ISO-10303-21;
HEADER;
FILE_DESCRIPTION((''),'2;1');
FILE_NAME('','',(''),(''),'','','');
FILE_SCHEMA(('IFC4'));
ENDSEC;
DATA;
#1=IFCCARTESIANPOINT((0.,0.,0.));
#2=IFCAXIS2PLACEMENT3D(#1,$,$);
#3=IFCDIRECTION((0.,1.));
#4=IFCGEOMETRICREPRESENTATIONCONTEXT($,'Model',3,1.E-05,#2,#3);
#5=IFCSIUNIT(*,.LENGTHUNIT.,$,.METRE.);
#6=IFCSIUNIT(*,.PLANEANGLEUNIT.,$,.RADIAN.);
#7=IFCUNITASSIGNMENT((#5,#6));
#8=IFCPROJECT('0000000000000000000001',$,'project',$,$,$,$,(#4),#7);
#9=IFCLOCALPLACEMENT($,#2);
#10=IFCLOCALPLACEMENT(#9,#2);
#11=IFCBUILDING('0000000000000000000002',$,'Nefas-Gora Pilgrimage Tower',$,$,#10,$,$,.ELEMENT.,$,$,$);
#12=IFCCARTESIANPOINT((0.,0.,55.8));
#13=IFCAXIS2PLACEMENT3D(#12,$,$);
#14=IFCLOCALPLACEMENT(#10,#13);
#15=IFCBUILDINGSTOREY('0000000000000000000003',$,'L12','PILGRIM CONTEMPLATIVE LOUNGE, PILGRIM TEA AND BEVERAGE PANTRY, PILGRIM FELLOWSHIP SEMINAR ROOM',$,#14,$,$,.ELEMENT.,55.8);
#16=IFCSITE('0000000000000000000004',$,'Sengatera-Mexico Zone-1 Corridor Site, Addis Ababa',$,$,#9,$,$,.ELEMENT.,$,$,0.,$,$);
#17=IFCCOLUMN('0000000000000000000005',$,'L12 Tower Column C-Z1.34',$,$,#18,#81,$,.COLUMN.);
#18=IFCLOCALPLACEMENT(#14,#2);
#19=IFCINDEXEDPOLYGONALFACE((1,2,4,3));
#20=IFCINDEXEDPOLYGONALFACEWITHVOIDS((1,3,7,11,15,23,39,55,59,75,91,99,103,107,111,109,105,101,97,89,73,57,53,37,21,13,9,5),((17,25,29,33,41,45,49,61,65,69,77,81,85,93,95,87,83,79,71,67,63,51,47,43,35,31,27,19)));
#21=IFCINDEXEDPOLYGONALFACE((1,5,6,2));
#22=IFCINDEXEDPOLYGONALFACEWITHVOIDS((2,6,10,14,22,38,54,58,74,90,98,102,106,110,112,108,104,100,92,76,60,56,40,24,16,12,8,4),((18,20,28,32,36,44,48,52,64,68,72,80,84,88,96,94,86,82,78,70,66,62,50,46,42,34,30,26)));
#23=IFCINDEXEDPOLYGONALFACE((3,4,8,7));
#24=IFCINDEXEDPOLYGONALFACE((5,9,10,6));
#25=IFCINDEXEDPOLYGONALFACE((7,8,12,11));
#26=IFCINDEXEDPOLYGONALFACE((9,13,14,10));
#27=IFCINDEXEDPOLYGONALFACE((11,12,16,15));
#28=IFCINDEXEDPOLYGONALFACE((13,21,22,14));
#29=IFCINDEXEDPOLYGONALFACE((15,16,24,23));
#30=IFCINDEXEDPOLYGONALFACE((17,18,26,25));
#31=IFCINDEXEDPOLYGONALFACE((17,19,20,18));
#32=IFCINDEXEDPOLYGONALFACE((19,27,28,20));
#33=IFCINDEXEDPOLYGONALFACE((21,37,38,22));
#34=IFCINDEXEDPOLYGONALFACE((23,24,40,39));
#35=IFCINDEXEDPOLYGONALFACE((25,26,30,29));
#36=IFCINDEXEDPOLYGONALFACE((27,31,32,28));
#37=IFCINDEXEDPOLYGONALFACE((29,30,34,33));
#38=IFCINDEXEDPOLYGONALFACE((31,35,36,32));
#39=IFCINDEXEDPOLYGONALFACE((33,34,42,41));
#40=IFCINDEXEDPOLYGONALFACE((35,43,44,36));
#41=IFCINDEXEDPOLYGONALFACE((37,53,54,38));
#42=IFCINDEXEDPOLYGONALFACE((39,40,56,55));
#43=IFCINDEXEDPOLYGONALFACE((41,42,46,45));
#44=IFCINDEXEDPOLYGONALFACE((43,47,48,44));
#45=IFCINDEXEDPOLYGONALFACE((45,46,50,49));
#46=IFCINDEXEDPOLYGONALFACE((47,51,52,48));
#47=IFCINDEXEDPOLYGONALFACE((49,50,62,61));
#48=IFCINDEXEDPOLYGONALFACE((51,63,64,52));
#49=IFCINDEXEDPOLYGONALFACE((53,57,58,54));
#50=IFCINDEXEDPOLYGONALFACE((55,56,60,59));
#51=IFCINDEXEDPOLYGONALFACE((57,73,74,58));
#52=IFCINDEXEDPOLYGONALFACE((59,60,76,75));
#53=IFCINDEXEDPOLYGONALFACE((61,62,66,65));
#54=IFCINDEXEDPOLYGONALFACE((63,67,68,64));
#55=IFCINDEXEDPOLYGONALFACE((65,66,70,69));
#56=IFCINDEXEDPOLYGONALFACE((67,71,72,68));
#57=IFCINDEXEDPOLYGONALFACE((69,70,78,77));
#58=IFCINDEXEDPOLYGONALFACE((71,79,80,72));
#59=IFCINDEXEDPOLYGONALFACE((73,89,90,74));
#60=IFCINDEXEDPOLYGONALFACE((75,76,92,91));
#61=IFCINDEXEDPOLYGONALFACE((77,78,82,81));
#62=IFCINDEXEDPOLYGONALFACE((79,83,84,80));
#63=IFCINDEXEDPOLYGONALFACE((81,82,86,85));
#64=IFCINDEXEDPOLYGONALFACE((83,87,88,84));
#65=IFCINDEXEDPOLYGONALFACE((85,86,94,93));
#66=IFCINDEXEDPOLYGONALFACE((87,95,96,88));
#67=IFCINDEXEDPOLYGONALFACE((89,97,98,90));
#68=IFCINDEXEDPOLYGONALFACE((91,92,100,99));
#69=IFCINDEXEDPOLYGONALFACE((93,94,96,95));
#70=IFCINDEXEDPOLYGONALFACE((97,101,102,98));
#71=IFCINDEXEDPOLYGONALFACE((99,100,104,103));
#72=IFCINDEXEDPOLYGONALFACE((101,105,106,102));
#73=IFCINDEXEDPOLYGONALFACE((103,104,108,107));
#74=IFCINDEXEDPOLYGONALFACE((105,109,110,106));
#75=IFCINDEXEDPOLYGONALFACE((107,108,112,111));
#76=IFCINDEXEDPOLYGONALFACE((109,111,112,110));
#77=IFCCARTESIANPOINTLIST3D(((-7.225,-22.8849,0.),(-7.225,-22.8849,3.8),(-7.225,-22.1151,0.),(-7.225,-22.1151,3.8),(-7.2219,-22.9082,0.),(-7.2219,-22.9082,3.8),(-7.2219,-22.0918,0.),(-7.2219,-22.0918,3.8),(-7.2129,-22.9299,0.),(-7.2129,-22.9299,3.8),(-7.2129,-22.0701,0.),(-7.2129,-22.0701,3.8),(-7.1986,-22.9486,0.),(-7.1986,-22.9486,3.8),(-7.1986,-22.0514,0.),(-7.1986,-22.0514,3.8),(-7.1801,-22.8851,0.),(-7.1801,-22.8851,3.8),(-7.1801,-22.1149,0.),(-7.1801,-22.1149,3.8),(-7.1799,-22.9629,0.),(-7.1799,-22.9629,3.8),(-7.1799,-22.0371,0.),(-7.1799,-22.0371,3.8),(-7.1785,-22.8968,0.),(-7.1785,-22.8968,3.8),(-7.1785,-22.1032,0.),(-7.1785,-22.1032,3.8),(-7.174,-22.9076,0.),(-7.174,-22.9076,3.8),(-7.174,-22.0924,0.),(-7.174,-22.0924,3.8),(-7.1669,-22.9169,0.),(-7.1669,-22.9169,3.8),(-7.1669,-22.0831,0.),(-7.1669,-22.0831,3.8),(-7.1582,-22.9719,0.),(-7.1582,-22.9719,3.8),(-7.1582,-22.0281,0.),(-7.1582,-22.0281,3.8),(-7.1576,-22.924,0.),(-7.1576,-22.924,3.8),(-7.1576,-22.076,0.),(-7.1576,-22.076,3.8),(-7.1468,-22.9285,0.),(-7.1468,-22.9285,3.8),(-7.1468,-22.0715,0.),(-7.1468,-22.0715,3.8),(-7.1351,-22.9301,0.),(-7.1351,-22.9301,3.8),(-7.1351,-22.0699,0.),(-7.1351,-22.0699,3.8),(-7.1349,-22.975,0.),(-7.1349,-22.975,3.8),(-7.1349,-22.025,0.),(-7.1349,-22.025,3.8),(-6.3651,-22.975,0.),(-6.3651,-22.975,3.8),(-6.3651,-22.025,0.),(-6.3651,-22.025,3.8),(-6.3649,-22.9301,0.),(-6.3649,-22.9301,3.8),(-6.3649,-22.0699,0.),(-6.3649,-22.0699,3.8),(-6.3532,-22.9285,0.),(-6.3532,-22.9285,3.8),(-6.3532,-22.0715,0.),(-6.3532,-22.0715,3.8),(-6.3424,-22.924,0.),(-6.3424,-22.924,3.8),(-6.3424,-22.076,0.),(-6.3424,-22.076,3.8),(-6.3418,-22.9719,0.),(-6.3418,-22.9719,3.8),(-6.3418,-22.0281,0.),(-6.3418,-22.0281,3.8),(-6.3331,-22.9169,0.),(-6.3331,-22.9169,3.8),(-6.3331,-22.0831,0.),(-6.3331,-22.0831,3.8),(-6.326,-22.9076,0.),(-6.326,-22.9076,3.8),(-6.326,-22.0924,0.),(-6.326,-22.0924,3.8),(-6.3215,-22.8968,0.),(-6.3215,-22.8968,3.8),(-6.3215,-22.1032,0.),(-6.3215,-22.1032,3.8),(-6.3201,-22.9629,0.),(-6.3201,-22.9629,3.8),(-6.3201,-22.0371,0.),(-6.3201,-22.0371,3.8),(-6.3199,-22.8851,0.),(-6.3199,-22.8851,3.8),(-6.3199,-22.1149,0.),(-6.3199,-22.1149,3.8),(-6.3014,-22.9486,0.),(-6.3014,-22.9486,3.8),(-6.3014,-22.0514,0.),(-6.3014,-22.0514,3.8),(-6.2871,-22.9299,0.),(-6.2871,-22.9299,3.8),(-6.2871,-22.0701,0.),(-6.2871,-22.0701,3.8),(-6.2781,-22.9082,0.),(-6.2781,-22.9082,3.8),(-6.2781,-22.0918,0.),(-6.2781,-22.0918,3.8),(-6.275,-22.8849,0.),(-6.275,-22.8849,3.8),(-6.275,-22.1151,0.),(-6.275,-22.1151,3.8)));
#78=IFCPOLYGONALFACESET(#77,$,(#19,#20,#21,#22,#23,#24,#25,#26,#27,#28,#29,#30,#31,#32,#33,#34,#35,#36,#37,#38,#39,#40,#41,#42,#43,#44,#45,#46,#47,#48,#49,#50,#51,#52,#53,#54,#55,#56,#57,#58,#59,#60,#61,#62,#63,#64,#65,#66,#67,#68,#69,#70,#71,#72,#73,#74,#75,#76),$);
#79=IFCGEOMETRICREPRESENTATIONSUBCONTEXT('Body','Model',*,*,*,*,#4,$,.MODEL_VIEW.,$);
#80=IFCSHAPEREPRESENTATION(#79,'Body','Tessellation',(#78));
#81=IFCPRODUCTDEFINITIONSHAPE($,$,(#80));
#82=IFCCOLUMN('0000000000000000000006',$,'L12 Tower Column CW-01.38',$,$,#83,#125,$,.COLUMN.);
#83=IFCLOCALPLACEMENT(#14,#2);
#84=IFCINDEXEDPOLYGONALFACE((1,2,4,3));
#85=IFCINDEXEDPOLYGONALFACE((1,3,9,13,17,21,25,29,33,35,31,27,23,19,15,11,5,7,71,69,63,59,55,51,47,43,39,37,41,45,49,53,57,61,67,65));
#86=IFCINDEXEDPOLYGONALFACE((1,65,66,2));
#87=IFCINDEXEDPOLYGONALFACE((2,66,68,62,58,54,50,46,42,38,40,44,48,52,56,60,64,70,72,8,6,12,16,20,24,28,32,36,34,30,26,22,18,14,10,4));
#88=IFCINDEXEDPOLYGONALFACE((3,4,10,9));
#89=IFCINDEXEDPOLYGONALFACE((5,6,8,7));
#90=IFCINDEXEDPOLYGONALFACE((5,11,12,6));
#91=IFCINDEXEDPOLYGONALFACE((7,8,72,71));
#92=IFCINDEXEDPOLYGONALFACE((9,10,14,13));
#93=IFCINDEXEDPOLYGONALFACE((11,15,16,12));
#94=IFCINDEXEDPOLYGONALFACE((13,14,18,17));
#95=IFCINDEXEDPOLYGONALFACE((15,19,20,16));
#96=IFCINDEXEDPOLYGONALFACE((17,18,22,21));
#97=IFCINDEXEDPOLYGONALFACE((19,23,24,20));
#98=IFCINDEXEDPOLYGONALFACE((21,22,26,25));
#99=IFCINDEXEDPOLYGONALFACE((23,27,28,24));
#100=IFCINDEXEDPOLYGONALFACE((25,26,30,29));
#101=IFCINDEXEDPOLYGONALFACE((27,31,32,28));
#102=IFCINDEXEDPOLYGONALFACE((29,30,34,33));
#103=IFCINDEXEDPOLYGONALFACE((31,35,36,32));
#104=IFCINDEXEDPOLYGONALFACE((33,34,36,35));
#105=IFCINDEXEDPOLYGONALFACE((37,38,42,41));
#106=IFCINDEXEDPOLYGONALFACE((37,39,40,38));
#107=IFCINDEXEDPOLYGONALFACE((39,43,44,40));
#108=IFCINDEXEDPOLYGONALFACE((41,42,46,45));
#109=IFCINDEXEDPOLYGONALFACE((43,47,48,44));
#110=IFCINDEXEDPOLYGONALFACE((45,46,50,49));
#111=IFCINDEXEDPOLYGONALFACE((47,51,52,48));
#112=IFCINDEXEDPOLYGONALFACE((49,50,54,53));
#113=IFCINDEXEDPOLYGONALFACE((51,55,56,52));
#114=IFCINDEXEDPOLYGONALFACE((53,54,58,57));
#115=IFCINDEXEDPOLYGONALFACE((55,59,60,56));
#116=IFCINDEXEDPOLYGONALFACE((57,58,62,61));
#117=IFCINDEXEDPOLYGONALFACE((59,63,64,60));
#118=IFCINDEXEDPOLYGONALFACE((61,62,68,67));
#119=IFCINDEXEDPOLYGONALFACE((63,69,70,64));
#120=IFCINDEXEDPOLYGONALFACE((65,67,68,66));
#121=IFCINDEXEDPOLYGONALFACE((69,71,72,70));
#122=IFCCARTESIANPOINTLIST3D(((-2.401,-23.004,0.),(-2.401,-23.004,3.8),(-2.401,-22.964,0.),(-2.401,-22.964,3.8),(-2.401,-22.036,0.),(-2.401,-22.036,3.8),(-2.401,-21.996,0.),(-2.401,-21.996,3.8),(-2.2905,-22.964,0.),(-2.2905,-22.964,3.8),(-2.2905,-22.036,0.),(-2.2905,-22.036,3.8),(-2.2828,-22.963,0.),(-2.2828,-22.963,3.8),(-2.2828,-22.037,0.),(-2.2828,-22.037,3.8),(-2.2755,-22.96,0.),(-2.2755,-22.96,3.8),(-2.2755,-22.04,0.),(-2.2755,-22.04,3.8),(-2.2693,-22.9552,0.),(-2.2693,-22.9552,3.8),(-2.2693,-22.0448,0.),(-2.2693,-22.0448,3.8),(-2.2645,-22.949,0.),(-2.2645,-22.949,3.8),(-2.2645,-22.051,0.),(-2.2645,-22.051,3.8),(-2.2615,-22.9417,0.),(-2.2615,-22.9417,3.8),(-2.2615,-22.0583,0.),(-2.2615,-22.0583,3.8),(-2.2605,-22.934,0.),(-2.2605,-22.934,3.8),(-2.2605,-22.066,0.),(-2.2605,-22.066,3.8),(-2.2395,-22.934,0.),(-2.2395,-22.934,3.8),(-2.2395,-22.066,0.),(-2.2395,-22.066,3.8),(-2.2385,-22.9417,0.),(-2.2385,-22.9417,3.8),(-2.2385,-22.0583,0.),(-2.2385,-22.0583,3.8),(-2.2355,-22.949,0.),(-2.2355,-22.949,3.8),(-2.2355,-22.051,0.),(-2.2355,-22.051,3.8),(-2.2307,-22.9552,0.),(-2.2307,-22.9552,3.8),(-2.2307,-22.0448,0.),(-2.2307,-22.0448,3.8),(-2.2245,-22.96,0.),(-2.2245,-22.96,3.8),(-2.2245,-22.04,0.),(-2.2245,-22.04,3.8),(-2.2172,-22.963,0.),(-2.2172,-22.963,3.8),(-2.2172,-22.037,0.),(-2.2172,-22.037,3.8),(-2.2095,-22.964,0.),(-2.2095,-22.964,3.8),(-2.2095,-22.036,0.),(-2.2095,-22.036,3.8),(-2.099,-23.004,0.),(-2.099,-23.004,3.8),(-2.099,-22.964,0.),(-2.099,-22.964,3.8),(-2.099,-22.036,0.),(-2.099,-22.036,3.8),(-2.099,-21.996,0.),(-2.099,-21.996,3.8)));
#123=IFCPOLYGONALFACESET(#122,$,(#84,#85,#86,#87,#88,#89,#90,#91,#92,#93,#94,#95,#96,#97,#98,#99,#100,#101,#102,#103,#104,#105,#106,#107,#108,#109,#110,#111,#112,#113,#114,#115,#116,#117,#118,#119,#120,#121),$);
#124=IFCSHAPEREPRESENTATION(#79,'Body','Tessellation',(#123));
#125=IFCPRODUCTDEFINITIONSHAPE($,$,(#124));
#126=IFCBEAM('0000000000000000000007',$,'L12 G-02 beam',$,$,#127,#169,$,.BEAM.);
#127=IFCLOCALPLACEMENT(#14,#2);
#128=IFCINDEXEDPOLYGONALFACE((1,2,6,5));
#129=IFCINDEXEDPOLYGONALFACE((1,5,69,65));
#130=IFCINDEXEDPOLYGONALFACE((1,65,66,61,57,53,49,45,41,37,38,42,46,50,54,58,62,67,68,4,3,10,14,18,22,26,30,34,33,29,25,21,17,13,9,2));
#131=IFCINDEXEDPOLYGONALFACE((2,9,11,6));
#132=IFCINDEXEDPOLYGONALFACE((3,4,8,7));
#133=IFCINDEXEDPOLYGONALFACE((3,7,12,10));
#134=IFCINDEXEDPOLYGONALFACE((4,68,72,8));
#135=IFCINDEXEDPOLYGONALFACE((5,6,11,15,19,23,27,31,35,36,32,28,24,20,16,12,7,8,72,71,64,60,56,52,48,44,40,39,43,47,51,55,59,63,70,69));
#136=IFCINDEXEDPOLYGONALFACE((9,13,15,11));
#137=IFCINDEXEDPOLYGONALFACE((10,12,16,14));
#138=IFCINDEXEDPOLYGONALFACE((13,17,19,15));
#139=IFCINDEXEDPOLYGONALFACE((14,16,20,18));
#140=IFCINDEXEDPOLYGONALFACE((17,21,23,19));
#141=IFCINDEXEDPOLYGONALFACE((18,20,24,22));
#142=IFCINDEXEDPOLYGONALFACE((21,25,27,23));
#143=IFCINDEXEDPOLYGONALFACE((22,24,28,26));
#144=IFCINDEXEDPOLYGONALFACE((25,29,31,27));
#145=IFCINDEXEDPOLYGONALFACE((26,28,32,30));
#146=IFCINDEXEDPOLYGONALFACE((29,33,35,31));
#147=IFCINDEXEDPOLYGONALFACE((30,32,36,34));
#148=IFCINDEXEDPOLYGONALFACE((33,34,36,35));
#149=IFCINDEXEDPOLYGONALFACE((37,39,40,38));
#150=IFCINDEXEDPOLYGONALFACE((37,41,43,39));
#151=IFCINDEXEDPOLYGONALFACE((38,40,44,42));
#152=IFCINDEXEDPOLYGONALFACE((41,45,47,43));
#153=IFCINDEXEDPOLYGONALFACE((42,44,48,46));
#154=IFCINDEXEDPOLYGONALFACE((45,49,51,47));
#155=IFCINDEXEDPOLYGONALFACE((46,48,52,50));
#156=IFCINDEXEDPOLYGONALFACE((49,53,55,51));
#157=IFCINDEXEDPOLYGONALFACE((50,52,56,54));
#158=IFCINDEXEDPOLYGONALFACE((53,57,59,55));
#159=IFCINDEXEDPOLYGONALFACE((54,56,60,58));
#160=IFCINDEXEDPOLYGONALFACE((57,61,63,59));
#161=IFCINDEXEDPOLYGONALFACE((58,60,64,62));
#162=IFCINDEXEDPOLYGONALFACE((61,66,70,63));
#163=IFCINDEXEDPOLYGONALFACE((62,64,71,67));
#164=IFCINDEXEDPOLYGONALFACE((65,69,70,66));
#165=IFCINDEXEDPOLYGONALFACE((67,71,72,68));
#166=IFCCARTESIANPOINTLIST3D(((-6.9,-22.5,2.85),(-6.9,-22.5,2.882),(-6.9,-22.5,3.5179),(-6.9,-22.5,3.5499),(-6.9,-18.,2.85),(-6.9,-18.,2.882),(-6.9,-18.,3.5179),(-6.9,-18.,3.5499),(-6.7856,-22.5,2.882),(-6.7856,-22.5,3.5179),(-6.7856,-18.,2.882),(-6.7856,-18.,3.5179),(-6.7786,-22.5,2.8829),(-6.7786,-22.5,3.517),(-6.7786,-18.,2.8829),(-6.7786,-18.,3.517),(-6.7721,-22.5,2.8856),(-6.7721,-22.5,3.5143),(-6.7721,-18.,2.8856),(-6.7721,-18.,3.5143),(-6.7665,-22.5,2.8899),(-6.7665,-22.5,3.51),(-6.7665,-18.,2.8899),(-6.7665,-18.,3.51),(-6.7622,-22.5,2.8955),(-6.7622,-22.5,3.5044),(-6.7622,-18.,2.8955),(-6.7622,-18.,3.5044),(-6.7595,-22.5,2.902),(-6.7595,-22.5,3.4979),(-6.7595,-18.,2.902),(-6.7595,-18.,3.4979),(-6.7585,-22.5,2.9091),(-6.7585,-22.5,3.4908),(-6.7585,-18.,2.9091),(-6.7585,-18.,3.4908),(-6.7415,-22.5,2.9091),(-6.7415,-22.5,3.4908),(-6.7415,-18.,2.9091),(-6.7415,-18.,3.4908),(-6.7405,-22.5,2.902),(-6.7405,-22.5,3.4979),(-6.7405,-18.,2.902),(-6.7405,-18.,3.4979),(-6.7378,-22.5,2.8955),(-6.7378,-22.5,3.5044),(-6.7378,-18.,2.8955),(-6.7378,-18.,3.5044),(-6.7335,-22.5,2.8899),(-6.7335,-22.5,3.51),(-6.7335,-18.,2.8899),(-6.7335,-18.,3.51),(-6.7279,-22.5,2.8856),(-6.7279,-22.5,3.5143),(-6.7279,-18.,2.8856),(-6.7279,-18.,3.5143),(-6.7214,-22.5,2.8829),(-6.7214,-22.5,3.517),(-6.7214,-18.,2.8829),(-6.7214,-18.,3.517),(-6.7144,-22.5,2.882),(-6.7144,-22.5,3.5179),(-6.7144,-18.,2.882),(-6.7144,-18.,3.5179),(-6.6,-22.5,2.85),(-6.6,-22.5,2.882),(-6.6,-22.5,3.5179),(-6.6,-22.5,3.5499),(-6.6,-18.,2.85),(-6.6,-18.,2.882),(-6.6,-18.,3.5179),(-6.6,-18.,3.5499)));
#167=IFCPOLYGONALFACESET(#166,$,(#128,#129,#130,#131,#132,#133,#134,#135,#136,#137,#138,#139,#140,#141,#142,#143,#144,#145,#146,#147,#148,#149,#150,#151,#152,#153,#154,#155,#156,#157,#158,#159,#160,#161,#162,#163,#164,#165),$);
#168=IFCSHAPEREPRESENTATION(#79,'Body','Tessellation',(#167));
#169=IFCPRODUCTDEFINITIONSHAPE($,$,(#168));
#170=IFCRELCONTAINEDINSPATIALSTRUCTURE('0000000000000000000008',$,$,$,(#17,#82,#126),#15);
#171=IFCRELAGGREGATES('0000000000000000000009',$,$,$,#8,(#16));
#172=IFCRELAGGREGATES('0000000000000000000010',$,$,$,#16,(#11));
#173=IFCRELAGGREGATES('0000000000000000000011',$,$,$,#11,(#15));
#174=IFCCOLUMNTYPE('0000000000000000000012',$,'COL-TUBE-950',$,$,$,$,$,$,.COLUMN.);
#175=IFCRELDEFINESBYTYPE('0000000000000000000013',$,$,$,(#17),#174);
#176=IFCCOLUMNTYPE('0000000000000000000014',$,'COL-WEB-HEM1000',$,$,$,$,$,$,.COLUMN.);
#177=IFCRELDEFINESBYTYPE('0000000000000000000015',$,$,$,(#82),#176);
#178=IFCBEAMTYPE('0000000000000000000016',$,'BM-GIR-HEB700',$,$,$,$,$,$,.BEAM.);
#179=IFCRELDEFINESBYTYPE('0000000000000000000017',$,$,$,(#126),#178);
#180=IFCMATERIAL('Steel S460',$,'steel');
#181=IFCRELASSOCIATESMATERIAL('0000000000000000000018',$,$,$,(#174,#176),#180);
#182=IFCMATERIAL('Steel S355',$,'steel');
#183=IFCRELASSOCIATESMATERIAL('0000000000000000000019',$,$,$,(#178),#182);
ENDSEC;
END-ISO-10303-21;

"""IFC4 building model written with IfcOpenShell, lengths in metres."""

from ifc_helpers import new_model, si_unit, direction, frame, origin, origin_2d, place, context, subcontext, project, spatial, hollow_rectangle, i_section, extrude, source, transform, mapped, material, material_profile, profile_set, type_object, element, save


model = new_model("IFC4")

# Units and contexts
model_context = context("Model", 3, precision=1e-05, world=origin(), true_north=direction((0.0, 1.0)))
body_context = subcontext(model_context, "Body", "Model", "MODEL_VIEW")
ifc_project = project(units=[si_unit("LENGTHUNIT", "METRE"), si_unit("PLANEANGLEUNIT", "RADIAN")], contexts=[model_context])

# Site, building, storey
site_placement = place(None, origin())
site = spatial("IfcSite", under=ifc_project, at=site_placement, Name="Sengatera-Mexico Zone-1 Corridor Site, Addis Ababa", CompositionType="ELEMENT", RefElevation=0.0)
building_placement = place(site_placement, origin())
building = spatial("IfcBuilding", under=site, at=building_placement, Name="Nefas-Gora Pilgrimage Tower", CompositionType="ELEMENT")
storey_placement = place(building_placement, frame((0.0, 0.0, 55.8)))
storey = spatial("IfcBuildingStorey", under=building, at=storey_placement, Name="L12", Description="PILGRIM CONTEMPLATIVE LOUNGE, PILGRIM TEA AND BEVERAGE PANTRY, PILGRIM FELLOWSHIP SEMINAR ROOM", CompositionType="ELEMENT", Elevation=55.8)

# Columns
ifc_material_1 = material(Name="Steel S460", Category="steel")
ifc_material_profile_1 = material_profile(ifc_material_1, hollow_rectangle(XDim=0.95, YDim=0.95, WallThickness=0.0449, InnerFilletRadius=0.0449, OuterFilletRadius=0.0901, at=origin_2d()), Name="BOX 950x950x45")
ifc_profile_set_1 = profile_set([ifc_material_profile_1], Name="Steel S460")
column_type_1 = type_object("IfcColumnType", Name="COL-TUBE-950", PredefinedType="COLUMN", material=ifc_profile_set_1)
shared_shape_1 = source(origin(), body_context, "Body", "SweptSolid", [
    extrude(hollow_rectangle(XDim=0.95, YDim=0.95, WallThickness=0.0449, InnerFilletRadius=0.0449, OuterFilletRadius=0.0901, at=origin_2d()), origin(), (0.0, 0.0, 1.0), 3.8),
])
column_1_placement = place(storey_placement, frame((-6.75, -22.5, 0.0), z_axis=(0.0, 0.0, 1.0), x_axis=(1.0, 0.0, 0.0)))
element("IfcColumn", 1, at=column_1_placement, inside=storey, type_object=column_type_1, Name="L12 Tower Column C-Z1.34", PredefinedType="COLUMN", context=body_context, shape_type="MappedRepresentation", body=[
    mapped(shared_shape_1, transform((0.0, 0.0, 0.0), x_axis=(1.0, 0.0, 0.0), y_axis=(0.0, 1.0, 0.0), z_axis=(0.0, 0.0, 1.0), scale=1.0)),
])
ifc_material_profile_2 = material_profile(ifc_material_1, i_section(OverallWidth=0.302, OverallDepth=1.0081, WebThickness=0.021, FlangeThickness=0.04, FilletRadius=0.03, at=origin_2d()), Name="HEM 1000")
ifc_profile_set_2 = profile_set([ifc_material_profile_2], Name="Steel S460")
column_type_2 = type_object("IfcColumnType", Name="COL-WEB-HEM1000", PredefinedType="COLUMN", material=ifc_profile_set_2)
shared_shape_2 = source(origin(), body_context, "Body", "SweptSolid", [
    extrude(i_section(OverallWidth=0.302, OverallDepth=1.0081, WebThickness=0.021, FlangeThickness=0.04, FilletRadius=0.03, at=origin_2d()), origin(), (0.0, 0.0, 1.0), 3.8),
])
column_2_placement = place(storey_placement, frame((-2.25, -22.5, 0.0), z_axis=(0.0, 0.0, 1.0), x_axis=(1.0, 0.0, 0.0)))
element("IfcColumn", 2, at=column_2_placement, inside=storey, type_object=column_type_2, Name="L12 Tower Column CW-01.38", PredefinedType="COLUMN", context=body_context, shape_type="MappedRepresentation", body=[
    mapped(shared_shape_2, transform((0.0, 0.0, 0.0), x_axis=(1.0, 0.0, 0.0), y_axis=(0.0, 1.0, 0.0), z_axis=(0.0, 0.0, 1.0), scale=1.0)),
])

# Beam
ifc_material_2 = material(Name="Steel S355", Category="steel")
ifc_material_profile_3 = material_profile(ifc_material_2, i_section(OverallWidth=0.3, OverallDepth=0.7, WebThickness=0.0171, FlangeThickness=0.032, FilletRadius=0.0271, at=origin_2d()), Name="HEB 700")
ifc_profile_set_3 = profile_set([ifc_material_profile_3], Name="Steel S355")
beam_type = type_object("IfcBeamType", Name="BM-GIR-HEB700", PredefinedType="BEAM", material=ifc_profile_set_3)
shared_shape_3 = source(origin(), body_context, "Body", "SweptSolid", [
    extrude(i_section(OverallWidth=0.3, OverallDepth=0.7, WebThickness=0.0171, FlangeThickness=0.032, FilletRadius=0.0271, at=origin_2d()), origin(), (0.0, 0.0, 1.0), 4.5),
])
for number, where, z_axis, x_axis, name in (
    (3, (-6.75, -22.5, 3.2), (0.0, 1.0, 0.0), (-1.0, 0.0, 0.0), "L12 G-02 beam"),
):
    element("IfcBeam", number, at=place(storey_placement, frame(where, z_axis=z_axis, x_axis=x_axis)), inside=storey, type_object=beam_type, Name=name, PredefinedType="BEAM", context=body_context, shape_type="MappedRepresentation", body=[
        mapped(shared_shape_3, transform((0.0, 0.0, 0.0), x_axis=(1.0, 0.0, 0.0), y_axis=(0.0, 1.0, 0.0), z_axis=(0.0, 0.0, 1.0), scale=1.0)),
    ])

save(model, "model.ifc")
